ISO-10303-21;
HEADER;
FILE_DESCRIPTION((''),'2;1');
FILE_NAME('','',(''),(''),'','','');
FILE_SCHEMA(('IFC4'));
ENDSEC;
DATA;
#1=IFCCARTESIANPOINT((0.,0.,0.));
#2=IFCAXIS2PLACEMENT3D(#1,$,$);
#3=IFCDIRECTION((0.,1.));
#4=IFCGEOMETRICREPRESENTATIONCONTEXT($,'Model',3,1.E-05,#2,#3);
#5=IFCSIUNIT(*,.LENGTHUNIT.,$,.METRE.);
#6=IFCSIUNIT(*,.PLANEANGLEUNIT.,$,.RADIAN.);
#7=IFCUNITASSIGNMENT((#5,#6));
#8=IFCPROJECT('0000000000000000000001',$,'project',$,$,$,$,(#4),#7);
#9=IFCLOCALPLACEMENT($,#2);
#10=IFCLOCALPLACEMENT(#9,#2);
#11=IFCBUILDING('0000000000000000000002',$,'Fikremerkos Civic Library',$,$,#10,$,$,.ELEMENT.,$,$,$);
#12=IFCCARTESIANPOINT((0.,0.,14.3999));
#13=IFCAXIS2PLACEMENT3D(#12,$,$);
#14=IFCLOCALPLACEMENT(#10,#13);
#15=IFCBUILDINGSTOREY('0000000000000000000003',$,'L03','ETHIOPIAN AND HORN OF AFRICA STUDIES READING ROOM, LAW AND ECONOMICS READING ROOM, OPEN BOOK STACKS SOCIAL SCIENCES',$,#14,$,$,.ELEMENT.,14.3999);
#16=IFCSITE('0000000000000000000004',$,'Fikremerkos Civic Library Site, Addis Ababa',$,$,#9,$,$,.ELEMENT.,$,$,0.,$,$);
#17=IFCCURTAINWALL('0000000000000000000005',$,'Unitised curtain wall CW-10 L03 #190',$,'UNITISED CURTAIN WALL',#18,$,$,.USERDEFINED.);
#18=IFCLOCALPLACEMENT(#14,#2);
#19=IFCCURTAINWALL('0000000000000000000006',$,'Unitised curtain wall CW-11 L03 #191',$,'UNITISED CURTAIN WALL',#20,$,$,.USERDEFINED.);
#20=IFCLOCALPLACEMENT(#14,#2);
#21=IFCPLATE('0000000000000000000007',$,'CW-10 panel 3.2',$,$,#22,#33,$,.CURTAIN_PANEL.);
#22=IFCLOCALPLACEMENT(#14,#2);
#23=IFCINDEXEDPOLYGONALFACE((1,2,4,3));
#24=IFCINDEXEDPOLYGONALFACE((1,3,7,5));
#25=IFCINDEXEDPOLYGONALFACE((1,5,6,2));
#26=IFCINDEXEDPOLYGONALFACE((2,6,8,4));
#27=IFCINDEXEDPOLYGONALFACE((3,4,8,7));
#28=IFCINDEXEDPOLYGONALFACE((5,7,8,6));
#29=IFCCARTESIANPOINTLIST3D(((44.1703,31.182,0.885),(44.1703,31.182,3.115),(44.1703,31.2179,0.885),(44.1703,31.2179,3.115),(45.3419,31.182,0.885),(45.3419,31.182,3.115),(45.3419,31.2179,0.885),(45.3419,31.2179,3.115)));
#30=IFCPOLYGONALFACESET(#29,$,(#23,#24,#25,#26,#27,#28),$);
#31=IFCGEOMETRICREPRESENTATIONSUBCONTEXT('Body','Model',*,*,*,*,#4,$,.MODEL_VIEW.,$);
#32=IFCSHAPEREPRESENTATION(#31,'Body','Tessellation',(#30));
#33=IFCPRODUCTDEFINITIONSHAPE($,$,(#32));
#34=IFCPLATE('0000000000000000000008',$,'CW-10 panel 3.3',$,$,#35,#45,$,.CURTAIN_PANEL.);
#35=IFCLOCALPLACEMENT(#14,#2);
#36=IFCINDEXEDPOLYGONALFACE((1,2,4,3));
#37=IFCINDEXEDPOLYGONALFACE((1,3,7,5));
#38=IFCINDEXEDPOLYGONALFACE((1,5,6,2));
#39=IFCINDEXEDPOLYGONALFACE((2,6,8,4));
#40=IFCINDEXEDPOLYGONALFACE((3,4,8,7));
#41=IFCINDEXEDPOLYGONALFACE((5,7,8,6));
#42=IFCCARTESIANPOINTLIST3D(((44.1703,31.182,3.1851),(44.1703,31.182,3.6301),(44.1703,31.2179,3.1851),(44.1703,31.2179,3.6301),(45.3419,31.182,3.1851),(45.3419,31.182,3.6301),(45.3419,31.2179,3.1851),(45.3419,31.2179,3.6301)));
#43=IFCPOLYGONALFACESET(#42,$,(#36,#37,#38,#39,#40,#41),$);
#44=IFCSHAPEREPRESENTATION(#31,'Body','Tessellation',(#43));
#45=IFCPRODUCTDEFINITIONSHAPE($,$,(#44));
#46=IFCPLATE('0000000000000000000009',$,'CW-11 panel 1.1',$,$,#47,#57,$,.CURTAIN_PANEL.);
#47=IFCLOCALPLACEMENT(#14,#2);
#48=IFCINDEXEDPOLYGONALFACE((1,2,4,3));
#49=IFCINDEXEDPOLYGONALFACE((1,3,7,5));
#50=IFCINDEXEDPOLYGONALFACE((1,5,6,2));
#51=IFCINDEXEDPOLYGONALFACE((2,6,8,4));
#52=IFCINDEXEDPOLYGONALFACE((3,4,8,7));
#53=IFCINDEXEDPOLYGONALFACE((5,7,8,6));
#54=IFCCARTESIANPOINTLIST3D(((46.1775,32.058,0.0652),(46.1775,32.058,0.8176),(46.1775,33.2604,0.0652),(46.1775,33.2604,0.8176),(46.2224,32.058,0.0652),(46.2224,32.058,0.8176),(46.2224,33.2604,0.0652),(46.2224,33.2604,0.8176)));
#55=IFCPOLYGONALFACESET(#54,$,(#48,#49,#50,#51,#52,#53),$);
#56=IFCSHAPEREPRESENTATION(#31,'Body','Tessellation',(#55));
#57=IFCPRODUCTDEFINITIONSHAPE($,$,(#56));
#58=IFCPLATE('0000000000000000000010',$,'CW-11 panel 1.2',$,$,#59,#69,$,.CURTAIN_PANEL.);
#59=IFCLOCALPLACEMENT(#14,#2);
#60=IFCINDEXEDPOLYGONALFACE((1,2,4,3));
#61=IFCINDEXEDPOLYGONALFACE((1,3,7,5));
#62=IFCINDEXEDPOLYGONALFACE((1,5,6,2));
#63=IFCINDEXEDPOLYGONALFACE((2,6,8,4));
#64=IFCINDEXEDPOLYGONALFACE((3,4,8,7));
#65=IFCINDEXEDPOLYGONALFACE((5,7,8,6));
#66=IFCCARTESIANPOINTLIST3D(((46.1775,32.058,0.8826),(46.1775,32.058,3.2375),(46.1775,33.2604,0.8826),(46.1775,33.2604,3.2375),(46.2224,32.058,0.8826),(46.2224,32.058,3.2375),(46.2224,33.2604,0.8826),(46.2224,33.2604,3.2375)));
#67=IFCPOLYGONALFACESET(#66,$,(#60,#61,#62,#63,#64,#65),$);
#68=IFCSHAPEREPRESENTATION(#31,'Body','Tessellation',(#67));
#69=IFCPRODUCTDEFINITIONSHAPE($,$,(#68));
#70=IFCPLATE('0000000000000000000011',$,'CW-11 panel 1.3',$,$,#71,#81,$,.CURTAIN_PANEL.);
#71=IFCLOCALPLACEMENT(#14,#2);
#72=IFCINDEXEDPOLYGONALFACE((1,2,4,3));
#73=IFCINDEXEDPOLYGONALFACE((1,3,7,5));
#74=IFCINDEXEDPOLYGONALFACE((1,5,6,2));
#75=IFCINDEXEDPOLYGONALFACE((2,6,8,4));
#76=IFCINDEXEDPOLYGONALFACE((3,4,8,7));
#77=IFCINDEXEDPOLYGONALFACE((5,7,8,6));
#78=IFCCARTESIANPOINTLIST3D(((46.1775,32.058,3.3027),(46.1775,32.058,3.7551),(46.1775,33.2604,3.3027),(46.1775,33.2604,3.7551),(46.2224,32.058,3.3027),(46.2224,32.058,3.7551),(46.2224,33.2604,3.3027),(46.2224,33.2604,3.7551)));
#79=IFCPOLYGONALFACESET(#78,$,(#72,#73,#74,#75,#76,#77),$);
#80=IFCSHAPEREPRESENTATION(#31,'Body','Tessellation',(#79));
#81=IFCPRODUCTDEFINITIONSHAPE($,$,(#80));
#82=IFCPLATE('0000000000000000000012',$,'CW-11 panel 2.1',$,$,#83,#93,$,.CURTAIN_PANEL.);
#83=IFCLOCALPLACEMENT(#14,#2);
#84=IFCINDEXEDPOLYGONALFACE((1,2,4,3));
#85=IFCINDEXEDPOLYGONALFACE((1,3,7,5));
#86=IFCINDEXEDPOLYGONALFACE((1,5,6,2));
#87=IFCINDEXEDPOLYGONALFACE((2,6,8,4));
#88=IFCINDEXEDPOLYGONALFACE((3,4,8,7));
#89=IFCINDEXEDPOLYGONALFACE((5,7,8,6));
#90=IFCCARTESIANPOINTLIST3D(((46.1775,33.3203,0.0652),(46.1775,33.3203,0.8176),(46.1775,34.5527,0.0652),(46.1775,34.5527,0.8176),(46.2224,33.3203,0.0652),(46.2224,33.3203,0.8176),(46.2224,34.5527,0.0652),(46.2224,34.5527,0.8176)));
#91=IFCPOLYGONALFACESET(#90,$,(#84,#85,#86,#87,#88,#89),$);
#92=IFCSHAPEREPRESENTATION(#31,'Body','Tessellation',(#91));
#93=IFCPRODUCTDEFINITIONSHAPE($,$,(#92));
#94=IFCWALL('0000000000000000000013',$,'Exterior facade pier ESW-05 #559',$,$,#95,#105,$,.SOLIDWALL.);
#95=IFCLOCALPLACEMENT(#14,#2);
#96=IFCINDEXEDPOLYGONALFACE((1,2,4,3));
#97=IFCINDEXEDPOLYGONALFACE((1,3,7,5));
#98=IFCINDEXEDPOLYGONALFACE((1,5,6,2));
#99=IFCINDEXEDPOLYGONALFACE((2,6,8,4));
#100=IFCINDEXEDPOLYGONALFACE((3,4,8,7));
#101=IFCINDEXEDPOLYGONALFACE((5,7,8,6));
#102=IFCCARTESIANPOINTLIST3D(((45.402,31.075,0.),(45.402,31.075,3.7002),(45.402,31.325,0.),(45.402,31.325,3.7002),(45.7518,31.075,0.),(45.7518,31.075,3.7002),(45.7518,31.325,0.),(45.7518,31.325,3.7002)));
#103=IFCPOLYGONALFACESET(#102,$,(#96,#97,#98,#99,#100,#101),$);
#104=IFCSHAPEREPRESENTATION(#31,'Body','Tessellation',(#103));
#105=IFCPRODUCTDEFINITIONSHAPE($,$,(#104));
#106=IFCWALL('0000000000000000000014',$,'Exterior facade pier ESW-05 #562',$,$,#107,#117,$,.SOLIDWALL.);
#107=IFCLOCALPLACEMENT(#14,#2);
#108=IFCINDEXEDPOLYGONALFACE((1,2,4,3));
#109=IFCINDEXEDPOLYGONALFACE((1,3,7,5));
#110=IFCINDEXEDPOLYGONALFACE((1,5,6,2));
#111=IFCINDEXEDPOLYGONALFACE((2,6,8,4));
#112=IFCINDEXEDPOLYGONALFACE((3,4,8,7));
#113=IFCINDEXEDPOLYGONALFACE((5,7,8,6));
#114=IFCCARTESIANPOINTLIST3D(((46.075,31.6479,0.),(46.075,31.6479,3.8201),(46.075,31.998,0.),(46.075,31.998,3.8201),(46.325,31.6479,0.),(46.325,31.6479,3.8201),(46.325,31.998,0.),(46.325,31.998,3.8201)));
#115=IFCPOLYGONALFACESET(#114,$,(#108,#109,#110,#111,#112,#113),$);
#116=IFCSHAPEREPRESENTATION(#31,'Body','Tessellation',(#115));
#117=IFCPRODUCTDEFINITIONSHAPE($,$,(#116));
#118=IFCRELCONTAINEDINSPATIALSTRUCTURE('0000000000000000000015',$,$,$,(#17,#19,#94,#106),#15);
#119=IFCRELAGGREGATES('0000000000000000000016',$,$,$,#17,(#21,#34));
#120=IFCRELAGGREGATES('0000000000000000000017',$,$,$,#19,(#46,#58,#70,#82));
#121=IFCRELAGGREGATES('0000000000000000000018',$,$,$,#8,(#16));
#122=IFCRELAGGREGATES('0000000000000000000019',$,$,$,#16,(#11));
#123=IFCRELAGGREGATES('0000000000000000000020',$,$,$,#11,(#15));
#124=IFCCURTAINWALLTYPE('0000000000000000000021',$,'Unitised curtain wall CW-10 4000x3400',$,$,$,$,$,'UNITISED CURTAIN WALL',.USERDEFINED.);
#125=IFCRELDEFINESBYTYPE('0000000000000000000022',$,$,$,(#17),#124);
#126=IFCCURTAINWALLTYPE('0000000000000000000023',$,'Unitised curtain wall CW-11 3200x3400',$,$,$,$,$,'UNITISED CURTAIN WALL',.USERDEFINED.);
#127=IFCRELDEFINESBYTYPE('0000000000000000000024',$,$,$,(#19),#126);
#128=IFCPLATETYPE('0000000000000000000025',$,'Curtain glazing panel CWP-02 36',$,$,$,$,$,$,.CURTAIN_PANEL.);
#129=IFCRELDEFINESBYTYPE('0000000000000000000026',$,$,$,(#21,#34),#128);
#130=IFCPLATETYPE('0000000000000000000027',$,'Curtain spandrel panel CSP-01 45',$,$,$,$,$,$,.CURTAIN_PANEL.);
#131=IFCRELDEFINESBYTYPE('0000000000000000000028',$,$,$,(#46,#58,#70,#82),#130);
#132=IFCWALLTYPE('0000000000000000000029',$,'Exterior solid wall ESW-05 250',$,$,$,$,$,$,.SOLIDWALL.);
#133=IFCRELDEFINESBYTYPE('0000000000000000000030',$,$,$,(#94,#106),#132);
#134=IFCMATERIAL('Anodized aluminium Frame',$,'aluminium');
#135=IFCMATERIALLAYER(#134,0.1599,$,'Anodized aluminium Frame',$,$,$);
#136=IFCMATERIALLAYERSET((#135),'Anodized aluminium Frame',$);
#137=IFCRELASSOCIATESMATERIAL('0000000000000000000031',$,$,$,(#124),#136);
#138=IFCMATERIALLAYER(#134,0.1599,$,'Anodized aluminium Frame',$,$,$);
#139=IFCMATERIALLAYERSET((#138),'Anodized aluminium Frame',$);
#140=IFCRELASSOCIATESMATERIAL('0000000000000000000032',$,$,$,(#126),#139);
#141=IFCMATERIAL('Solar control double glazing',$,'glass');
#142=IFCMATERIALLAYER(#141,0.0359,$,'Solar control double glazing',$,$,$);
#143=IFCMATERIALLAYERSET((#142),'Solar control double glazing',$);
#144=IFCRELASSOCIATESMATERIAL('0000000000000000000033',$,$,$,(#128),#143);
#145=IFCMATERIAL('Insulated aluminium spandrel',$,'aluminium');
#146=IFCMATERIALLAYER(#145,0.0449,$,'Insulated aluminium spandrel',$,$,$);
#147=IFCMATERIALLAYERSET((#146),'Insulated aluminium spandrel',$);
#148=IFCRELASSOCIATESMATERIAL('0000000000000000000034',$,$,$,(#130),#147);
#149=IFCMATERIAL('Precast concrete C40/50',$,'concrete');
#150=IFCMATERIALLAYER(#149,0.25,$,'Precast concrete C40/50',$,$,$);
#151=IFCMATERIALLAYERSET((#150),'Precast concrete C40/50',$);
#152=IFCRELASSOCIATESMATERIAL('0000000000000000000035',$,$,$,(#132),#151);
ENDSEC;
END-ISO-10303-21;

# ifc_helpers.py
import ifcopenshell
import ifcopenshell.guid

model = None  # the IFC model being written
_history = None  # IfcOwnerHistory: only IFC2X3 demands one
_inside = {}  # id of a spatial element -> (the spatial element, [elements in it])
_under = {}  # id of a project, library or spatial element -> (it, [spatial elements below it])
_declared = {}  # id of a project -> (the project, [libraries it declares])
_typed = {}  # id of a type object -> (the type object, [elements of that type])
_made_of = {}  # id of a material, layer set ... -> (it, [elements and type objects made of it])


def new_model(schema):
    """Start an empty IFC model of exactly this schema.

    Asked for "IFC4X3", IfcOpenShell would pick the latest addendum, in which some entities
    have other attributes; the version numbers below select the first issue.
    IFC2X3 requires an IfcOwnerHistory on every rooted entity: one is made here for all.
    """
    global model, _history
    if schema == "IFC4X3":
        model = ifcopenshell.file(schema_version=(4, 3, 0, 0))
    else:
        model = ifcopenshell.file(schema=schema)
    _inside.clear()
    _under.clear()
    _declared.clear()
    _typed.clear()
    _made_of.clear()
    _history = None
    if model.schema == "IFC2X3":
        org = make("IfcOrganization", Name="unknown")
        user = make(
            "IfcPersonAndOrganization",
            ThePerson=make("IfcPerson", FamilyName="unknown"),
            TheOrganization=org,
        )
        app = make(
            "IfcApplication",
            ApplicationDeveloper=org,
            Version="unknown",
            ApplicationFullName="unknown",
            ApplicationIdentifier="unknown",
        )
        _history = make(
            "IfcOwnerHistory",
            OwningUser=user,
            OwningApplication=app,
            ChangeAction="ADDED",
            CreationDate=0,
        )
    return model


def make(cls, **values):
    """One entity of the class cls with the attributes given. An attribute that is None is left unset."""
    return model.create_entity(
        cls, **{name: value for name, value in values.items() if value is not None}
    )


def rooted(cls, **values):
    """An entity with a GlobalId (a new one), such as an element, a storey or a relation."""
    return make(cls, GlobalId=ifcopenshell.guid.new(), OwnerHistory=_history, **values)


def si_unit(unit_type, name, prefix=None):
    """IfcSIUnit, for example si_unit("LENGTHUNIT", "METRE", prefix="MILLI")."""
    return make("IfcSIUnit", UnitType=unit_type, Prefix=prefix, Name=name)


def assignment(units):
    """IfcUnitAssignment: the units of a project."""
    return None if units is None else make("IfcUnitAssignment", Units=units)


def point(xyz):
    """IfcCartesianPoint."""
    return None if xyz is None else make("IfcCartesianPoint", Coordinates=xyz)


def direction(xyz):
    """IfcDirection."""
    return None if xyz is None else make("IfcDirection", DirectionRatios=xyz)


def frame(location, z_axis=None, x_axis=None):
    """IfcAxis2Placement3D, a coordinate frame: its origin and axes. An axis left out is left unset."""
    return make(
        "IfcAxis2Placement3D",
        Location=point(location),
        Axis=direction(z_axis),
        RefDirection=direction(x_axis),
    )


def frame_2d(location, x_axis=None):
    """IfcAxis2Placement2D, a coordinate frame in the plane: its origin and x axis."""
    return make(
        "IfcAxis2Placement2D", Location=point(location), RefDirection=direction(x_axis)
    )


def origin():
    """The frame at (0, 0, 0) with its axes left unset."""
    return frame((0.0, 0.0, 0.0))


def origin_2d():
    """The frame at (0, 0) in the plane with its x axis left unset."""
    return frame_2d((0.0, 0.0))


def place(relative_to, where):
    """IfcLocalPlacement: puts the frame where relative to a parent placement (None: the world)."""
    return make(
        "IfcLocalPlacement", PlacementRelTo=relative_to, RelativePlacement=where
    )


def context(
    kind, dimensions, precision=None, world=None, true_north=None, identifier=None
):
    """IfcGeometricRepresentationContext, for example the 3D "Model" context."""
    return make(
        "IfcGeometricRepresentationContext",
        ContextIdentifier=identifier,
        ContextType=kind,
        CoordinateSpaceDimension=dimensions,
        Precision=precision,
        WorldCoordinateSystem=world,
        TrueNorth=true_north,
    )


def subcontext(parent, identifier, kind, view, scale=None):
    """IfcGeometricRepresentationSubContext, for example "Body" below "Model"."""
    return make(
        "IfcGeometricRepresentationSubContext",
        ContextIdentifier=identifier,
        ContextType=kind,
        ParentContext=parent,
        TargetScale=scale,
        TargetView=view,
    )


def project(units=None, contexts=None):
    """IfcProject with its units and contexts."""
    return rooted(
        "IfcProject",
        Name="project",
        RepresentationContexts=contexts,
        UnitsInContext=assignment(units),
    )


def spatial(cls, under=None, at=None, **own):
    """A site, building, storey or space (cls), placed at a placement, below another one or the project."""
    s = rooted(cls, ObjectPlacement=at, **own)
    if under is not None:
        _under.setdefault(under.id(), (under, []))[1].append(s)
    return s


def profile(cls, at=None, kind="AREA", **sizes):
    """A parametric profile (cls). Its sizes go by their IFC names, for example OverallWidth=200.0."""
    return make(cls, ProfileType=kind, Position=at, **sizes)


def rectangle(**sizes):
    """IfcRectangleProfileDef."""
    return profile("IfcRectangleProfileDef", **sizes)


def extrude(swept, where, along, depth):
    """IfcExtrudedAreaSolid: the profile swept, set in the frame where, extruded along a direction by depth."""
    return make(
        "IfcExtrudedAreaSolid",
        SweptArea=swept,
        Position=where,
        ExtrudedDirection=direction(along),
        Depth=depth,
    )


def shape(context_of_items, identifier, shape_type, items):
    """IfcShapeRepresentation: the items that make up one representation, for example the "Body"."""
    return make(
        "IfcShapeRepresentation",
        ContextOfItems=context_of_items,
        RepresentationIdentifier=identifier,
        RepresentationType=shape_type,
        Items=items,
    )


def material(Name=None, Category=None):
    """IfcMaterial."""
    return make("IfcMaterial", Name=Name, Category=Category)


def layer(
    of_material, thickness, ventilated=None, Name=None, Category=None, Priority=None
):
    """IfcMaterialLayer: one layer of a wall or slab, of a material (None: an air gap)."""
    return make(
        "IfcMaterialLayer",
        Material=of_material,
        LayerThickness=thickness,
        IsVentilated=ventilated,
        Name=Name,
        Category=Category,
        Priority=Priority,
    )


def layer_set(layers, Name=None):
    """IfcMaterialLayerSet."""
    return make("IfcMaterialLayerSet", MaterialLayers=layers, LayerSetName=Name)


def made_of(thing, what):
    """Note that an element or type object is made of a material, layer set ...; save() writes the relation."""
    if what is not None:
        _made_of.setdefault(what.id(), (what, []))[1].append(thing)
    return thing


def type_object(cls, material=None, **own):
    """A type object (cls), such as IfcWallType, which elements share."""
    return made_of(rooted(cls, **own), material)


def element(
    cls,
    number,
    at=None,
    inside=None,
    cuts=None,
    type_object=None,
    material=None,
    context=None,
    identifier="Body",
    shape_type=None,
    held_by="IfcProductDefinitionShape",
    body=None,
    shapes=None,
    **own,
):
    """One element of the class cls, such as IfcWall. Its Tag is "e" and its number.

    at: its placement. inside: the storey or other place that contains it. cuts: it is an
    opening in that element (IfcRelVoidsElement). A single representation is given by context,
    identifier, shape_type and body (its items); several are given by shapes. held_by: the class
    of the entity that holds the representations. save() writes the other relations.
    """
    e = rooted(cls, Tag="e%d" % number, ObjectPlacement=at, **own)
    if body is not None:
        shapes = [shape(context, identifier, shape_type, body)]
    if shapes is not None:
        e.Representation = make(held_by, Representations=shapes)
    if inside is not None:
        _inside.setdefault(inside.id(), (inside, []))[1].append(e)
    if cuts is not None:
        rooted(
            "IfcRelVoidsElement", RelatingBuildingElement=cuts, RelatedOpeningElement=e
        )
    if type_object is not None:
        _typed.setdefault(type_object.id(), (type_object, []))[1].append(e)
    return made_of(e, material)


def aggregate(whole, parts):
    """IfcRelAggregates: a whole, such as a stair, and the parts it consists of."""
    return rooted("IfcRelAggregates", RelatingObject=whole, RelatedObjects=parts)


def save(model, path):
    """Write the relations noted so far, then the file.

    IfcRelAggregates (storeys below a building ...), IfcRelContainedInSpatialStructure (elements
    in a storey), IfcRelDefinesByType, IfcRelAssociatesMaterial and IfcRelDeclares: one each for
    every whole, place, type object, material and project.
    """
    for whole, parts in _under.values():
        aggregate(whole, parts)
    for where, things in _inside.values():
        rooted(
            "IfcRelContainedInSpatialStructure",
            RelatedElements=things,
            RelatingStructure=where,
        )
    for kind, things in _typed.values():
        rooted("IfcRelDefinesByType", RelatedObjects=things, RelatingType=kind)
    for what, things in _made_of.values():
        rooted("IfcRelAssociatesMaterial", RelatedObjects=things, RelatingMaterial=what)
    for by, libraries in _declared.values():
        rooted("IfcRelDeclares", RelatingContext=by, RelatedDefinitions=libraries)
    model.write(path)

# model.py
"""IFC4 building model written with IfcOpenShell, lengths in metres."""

from ifc_helpers import new_model, si_unit, direction, frame, frame_2d, origin, origin_2d, place, context, subcontext, project, spatial, rectangle, extrude, material, layer, layer_set, type_object, element, aggregate, save


model = new_model("IFC4")

# Units and contexts
model_context = context("Model", 3, precision=1e-05, world=origin(), true_north=direction((0.0, 1.0)))
body_context = subcontext(model_context, "Body", "Model", "MODEL_VIEW")
ifc_project = project(units=[si_unit("LENGTHUNIT", "METRE"), si_unit("PLANEANGLEUNIT", "RADIAN")], contexts=[model_context])

# Site, building, storey
site_placement = place(None, origin())
site = spatial("IfcSite", under=ifc_project, at=site_placement, Name="Fikremerkos Civic Library Site, Addis Ababa", CompositionType="ELEMENT", RefElevation=0.0)
building_placement = place(site_placement, origin())
building = spatial("IfcBuilding", under=site, at=building_placement, Name="Fikremerkos Civic Library", CompositionType="ELEMENT")
storey_placement = place(building_placement, frame((0.0, 0.0, 14.3999)))
storey = spatial("IfcBuildingStorey", under=building, at=storey_placement, Name="L03", Description="ETHIOPIAN AND HORN OF AFRICA STUDIES READING ROOM, LAW AND ECONOMICS READING ROOM, OPEN BOOK STACKS SOCIAL SCIENCES", CompositionType="ELEMENT", Elevation=14.3999)

# Curtain walls
ifc_material_1 = material(Name="Anodized aluminium Frame", Category="aluminium")
ifc_layer_1 = layer(ifc_material_1, 0.1599, Name="Anodized aluminium Frame")
ifc_layer_set_1 = layer_set([ifc_layer_1], Name="Anodized aluminium Frame")
curtain_wall_type_1 = type_object("IfcCurtainWallType", Name="Unitised curtain wall CW-10 4000x3400", ElementType="UNITISED CURTAIN WALL", PredefinedType="USERDEFINED", material=ifc_layer_set_1)
curtain_wall_1_placement = place(storey_placement, origin())
curtain_wall_1 = element("IfcCurtainWall", 1, at=curtain_wall_1_placement, inside=storey, type_object=curtain_wall_type_1, Name="Unitised curtain wall CW-10 L03 #190", ObjectType="UNITISED CURTAIN WALL", PredefinedType="USERDEFINED")
ifc_layer_2 = layer(ifc_material_1, 0.1599, Name="Anodized aluminium Frame")
ifc_layer_set_2 = layer_set([ifc_layer_2], Name="Anodized aluminium Frame")
curtain_wall_type_2 = type_object("IfcCurtainWallType", Name="Unitised curtain wall CW-11 3200x3400", ElementType="UNITISED CURTAIN WALL", PredefinedType="USERDEFINED", material=ifc_layer_set_2)
curtain_wall_2_placement = place(storey_placement, origin())
curtain_wall_2 = element("IfcCurtainWall", 2, at=curtain_wall_2_placement, inside=storey, type_object=curtain_wall_type_2, Name="Unitised curtain wall CW-11 L03 #191", ObjectType="UNITISED CURTAIN WALL", PredefinedType="USERDEFINED")

# Plates
ifc_material_2 = material(Name="Solar control double glazing", Category="glass")
ifc_layer_3 = layer(ifc_material_2, 0.0359, Name="Solar control double glazing")
ifc_layer_set_3 = layer_set([ifc_layer_3], Name="Solar control double glazing")
plate_type_1 = type_object("IfcPlateType", Name="Curtain glazing panel CWP-02 36", PredefinedType="CURTAIN_PANEL", material=ifc_layer_set_3)
plate_1_placement = place(storey_placement, frame((44.7561, 31.2, 0.885), z_axis=(0.0, 0.0, 1.0), x_axis=(1.0, 0.0, 0.0)))
plate_1 = element("IfcPlate", 3, at=plate_1_placement, type_object=plate_type_1, Name="CW-10 panel 3.2", PredefinedType="CURTAIN_PANEL", context=body_context, shape_type="SweptSolid", body=[
    extrude(rectangle(XDim=1.1716, YDim=0.0359, at=origin_2d()), origin(), (0.0, 0.0, 1.0), 2.23),
])
plate_2_placement = place(storey_placement, frame((44.7561, 31.2, 3.1851), z_axis=(0.0, 0.0, 1.0), x_axis=(1.0, 0.0, 0.0)))
plate_2 = element("IfcPlate", 4, at=plate_2_placement, type_object=plate_type_1, Name="CW-10 panel 3.3", PredefinedType="CURTAIN_PANEL", context=body_context, shape_type="SweptSolid", body=[
    extrude(rectangle(XDim=1.1716, YDim=0.0359, at=origin_2d()), origin(), (0.0, 0.0, 1.0), 0.4451),
])
aggregate(curtain_wall_1, [plate_1, plate_2])
ifc_material_3 = material(Name="Insulated aluminium spandrel", Category="aluminium")
ifc_layer_4 = layer(ifc_material_3, 0.0449, Name="Insulated aluminium spandrel")
ifc_layer_set_4 = layer_set([ifc_layer_4], Name="Insulated aluminium spandrel")
plate_type_2 = type_object("IfcPlateType", Name="Curtain spandrel panel CSP-01 45", PredefinedType="CURTAIN_PANEL", material=ifc_layer_set_4)
plate_3_placement = place(storey_placement, frame((46.2, 32.6592, 0.0652), z_axis=(0.0, 0.0, 1.0), x_axis=(0.0, 1.0, 0.0)))
plate_3 = element("IfcPlate", 5, at=plate_3_placement, type_object=plate_type_2, Name="CW-11 panel 1.1", PredefinedType="CURTAIN_PANEL", context=body_context, shape_type="SweptSolid", body=[
    extrude(rectangle(XDim=1.2024, YDim=0.0449, at=origin_2d()), origin(), (0.0, 0.0, 1.0), 0.7524),
])
plate_4_placement = place(storey_placement, frame((46.2, 32.6592, 0.8826), z_axis=(0.0, 0.0, 1.0), x_axis=(0.0, 1.0, 0.0)))
plate_4 = element("IfcPlate", 6, at=plate_4_placement, type_object=plate_type_2, Name="CW-11 panel 1.2", PredefinedType="CURTAIN_PANEL", context=body_context, shape_type="SweptSolid", body=[
    extrude(rectangle(XDim=1.2024, YDim=0.0449, at=origin_2d()), origin(), (0.0, 0.0, 1.0), 2.355),
])
plate_5_placement = place(storey_placement, frame((46.2, 32.6592, 3.3027), z_axis=(0.0, 0.0, 1.0), x_axis=(0.0, 1.0, 0.0)))
plate_5 = element("IfcPlate", 7, at=plate_5_placement, type_object=plate_type_2, Name="CW-11 panel 1.3", PredefinedType="CURTAIN_PANEL", context=body_context, shape_type="SweptSolid", body=[
    extrude(rectangle(XDim=1.2024, YDim=0.0449, at=origin_2d()), origin(), (0.0, 0.0, 1.0), 0.4524),
])
plate_6_placement = place(storey_placement, frame((46.2, 33.9365, 0.0652), z_axis=(0.0, 0.0, 1.0), x_axis=(0.0, 1.0, 0.0)))
plate_6 = element("IfcPlate", 8, at=plate_6_placement, type_object=plate_type_2, Name="CW-11 panel 2.1", PredefinedType="CURTAIN_PANEL", context=body_context, shape_type="SweptSolid", body=[
    extrude(rectangle(XDim=1.2324, YDim=0.0449, at=origin_2d()), origin(), (0.0, 0.0, 1.0), 0.7524),
])
aggregate(curtain_wall_2, [plate_3, plate_4, plate_5, plate_6])

# Walls
ifc_material_4 = material(Name="Precast concrete C40/50", Category="concrete")
ifc_layer_5 = layer(ifc_material_4, 0.25, Name="Precast concrete C40/50")
ifc_layer_set_5 = layer_set([ifc_layer_5], Name="Precast concrete C40/50")
wall_type = type_object("IfcWallType", Name="Exterior solid wall ESW-05 250", PredefinedType="SOLIDWALL", material=ifc_layer_set_5)
wall_1_placement = place(storey_placement, frame((45.4021, 31.2, 0.0), z_axis=(0.0, 0.0, 1.0), x_axis=(1.0, 0.0, 0.0)))
element("IfcWall", 9, at=wall_1_placement, inside=storey, type_object=wall_type, Name="Exterior facade pier ESW-05 #559", PredefinedType="SOLIDWALL", context=body_context, shape_type="SweptSolid", body=[
    extrude(rectangle(XDim=0.3499, YDim=0.25, at=frame_2d((0.1748, 0.0))), origin(), (0.0, 0.0, 1.0), 3.7002),
])
wall_2_placement = place(storey_placement, frame((46.2, 31.6479, 0.0), z_axis=(0.0, 0.0, 1.0), x_axis=(0.0, 1.0, 0.0)))
element("IfcWall", 10, at=wall_2_placement, inside=storey, type_object=wall_type, Name="Exterior facade pier ESW-05 #562", PredefinedType="SOLIDWALL", context=body_context, shape_type="SweptSolid", body=[
    extrude(rectangle(XDim=0.3501, YDim=0.25, at=frame_2d((0.175, 0.0))), origin(), (0.0, 0.0, 1.0), 3.8201),
])

save(model, "model.ifc")
